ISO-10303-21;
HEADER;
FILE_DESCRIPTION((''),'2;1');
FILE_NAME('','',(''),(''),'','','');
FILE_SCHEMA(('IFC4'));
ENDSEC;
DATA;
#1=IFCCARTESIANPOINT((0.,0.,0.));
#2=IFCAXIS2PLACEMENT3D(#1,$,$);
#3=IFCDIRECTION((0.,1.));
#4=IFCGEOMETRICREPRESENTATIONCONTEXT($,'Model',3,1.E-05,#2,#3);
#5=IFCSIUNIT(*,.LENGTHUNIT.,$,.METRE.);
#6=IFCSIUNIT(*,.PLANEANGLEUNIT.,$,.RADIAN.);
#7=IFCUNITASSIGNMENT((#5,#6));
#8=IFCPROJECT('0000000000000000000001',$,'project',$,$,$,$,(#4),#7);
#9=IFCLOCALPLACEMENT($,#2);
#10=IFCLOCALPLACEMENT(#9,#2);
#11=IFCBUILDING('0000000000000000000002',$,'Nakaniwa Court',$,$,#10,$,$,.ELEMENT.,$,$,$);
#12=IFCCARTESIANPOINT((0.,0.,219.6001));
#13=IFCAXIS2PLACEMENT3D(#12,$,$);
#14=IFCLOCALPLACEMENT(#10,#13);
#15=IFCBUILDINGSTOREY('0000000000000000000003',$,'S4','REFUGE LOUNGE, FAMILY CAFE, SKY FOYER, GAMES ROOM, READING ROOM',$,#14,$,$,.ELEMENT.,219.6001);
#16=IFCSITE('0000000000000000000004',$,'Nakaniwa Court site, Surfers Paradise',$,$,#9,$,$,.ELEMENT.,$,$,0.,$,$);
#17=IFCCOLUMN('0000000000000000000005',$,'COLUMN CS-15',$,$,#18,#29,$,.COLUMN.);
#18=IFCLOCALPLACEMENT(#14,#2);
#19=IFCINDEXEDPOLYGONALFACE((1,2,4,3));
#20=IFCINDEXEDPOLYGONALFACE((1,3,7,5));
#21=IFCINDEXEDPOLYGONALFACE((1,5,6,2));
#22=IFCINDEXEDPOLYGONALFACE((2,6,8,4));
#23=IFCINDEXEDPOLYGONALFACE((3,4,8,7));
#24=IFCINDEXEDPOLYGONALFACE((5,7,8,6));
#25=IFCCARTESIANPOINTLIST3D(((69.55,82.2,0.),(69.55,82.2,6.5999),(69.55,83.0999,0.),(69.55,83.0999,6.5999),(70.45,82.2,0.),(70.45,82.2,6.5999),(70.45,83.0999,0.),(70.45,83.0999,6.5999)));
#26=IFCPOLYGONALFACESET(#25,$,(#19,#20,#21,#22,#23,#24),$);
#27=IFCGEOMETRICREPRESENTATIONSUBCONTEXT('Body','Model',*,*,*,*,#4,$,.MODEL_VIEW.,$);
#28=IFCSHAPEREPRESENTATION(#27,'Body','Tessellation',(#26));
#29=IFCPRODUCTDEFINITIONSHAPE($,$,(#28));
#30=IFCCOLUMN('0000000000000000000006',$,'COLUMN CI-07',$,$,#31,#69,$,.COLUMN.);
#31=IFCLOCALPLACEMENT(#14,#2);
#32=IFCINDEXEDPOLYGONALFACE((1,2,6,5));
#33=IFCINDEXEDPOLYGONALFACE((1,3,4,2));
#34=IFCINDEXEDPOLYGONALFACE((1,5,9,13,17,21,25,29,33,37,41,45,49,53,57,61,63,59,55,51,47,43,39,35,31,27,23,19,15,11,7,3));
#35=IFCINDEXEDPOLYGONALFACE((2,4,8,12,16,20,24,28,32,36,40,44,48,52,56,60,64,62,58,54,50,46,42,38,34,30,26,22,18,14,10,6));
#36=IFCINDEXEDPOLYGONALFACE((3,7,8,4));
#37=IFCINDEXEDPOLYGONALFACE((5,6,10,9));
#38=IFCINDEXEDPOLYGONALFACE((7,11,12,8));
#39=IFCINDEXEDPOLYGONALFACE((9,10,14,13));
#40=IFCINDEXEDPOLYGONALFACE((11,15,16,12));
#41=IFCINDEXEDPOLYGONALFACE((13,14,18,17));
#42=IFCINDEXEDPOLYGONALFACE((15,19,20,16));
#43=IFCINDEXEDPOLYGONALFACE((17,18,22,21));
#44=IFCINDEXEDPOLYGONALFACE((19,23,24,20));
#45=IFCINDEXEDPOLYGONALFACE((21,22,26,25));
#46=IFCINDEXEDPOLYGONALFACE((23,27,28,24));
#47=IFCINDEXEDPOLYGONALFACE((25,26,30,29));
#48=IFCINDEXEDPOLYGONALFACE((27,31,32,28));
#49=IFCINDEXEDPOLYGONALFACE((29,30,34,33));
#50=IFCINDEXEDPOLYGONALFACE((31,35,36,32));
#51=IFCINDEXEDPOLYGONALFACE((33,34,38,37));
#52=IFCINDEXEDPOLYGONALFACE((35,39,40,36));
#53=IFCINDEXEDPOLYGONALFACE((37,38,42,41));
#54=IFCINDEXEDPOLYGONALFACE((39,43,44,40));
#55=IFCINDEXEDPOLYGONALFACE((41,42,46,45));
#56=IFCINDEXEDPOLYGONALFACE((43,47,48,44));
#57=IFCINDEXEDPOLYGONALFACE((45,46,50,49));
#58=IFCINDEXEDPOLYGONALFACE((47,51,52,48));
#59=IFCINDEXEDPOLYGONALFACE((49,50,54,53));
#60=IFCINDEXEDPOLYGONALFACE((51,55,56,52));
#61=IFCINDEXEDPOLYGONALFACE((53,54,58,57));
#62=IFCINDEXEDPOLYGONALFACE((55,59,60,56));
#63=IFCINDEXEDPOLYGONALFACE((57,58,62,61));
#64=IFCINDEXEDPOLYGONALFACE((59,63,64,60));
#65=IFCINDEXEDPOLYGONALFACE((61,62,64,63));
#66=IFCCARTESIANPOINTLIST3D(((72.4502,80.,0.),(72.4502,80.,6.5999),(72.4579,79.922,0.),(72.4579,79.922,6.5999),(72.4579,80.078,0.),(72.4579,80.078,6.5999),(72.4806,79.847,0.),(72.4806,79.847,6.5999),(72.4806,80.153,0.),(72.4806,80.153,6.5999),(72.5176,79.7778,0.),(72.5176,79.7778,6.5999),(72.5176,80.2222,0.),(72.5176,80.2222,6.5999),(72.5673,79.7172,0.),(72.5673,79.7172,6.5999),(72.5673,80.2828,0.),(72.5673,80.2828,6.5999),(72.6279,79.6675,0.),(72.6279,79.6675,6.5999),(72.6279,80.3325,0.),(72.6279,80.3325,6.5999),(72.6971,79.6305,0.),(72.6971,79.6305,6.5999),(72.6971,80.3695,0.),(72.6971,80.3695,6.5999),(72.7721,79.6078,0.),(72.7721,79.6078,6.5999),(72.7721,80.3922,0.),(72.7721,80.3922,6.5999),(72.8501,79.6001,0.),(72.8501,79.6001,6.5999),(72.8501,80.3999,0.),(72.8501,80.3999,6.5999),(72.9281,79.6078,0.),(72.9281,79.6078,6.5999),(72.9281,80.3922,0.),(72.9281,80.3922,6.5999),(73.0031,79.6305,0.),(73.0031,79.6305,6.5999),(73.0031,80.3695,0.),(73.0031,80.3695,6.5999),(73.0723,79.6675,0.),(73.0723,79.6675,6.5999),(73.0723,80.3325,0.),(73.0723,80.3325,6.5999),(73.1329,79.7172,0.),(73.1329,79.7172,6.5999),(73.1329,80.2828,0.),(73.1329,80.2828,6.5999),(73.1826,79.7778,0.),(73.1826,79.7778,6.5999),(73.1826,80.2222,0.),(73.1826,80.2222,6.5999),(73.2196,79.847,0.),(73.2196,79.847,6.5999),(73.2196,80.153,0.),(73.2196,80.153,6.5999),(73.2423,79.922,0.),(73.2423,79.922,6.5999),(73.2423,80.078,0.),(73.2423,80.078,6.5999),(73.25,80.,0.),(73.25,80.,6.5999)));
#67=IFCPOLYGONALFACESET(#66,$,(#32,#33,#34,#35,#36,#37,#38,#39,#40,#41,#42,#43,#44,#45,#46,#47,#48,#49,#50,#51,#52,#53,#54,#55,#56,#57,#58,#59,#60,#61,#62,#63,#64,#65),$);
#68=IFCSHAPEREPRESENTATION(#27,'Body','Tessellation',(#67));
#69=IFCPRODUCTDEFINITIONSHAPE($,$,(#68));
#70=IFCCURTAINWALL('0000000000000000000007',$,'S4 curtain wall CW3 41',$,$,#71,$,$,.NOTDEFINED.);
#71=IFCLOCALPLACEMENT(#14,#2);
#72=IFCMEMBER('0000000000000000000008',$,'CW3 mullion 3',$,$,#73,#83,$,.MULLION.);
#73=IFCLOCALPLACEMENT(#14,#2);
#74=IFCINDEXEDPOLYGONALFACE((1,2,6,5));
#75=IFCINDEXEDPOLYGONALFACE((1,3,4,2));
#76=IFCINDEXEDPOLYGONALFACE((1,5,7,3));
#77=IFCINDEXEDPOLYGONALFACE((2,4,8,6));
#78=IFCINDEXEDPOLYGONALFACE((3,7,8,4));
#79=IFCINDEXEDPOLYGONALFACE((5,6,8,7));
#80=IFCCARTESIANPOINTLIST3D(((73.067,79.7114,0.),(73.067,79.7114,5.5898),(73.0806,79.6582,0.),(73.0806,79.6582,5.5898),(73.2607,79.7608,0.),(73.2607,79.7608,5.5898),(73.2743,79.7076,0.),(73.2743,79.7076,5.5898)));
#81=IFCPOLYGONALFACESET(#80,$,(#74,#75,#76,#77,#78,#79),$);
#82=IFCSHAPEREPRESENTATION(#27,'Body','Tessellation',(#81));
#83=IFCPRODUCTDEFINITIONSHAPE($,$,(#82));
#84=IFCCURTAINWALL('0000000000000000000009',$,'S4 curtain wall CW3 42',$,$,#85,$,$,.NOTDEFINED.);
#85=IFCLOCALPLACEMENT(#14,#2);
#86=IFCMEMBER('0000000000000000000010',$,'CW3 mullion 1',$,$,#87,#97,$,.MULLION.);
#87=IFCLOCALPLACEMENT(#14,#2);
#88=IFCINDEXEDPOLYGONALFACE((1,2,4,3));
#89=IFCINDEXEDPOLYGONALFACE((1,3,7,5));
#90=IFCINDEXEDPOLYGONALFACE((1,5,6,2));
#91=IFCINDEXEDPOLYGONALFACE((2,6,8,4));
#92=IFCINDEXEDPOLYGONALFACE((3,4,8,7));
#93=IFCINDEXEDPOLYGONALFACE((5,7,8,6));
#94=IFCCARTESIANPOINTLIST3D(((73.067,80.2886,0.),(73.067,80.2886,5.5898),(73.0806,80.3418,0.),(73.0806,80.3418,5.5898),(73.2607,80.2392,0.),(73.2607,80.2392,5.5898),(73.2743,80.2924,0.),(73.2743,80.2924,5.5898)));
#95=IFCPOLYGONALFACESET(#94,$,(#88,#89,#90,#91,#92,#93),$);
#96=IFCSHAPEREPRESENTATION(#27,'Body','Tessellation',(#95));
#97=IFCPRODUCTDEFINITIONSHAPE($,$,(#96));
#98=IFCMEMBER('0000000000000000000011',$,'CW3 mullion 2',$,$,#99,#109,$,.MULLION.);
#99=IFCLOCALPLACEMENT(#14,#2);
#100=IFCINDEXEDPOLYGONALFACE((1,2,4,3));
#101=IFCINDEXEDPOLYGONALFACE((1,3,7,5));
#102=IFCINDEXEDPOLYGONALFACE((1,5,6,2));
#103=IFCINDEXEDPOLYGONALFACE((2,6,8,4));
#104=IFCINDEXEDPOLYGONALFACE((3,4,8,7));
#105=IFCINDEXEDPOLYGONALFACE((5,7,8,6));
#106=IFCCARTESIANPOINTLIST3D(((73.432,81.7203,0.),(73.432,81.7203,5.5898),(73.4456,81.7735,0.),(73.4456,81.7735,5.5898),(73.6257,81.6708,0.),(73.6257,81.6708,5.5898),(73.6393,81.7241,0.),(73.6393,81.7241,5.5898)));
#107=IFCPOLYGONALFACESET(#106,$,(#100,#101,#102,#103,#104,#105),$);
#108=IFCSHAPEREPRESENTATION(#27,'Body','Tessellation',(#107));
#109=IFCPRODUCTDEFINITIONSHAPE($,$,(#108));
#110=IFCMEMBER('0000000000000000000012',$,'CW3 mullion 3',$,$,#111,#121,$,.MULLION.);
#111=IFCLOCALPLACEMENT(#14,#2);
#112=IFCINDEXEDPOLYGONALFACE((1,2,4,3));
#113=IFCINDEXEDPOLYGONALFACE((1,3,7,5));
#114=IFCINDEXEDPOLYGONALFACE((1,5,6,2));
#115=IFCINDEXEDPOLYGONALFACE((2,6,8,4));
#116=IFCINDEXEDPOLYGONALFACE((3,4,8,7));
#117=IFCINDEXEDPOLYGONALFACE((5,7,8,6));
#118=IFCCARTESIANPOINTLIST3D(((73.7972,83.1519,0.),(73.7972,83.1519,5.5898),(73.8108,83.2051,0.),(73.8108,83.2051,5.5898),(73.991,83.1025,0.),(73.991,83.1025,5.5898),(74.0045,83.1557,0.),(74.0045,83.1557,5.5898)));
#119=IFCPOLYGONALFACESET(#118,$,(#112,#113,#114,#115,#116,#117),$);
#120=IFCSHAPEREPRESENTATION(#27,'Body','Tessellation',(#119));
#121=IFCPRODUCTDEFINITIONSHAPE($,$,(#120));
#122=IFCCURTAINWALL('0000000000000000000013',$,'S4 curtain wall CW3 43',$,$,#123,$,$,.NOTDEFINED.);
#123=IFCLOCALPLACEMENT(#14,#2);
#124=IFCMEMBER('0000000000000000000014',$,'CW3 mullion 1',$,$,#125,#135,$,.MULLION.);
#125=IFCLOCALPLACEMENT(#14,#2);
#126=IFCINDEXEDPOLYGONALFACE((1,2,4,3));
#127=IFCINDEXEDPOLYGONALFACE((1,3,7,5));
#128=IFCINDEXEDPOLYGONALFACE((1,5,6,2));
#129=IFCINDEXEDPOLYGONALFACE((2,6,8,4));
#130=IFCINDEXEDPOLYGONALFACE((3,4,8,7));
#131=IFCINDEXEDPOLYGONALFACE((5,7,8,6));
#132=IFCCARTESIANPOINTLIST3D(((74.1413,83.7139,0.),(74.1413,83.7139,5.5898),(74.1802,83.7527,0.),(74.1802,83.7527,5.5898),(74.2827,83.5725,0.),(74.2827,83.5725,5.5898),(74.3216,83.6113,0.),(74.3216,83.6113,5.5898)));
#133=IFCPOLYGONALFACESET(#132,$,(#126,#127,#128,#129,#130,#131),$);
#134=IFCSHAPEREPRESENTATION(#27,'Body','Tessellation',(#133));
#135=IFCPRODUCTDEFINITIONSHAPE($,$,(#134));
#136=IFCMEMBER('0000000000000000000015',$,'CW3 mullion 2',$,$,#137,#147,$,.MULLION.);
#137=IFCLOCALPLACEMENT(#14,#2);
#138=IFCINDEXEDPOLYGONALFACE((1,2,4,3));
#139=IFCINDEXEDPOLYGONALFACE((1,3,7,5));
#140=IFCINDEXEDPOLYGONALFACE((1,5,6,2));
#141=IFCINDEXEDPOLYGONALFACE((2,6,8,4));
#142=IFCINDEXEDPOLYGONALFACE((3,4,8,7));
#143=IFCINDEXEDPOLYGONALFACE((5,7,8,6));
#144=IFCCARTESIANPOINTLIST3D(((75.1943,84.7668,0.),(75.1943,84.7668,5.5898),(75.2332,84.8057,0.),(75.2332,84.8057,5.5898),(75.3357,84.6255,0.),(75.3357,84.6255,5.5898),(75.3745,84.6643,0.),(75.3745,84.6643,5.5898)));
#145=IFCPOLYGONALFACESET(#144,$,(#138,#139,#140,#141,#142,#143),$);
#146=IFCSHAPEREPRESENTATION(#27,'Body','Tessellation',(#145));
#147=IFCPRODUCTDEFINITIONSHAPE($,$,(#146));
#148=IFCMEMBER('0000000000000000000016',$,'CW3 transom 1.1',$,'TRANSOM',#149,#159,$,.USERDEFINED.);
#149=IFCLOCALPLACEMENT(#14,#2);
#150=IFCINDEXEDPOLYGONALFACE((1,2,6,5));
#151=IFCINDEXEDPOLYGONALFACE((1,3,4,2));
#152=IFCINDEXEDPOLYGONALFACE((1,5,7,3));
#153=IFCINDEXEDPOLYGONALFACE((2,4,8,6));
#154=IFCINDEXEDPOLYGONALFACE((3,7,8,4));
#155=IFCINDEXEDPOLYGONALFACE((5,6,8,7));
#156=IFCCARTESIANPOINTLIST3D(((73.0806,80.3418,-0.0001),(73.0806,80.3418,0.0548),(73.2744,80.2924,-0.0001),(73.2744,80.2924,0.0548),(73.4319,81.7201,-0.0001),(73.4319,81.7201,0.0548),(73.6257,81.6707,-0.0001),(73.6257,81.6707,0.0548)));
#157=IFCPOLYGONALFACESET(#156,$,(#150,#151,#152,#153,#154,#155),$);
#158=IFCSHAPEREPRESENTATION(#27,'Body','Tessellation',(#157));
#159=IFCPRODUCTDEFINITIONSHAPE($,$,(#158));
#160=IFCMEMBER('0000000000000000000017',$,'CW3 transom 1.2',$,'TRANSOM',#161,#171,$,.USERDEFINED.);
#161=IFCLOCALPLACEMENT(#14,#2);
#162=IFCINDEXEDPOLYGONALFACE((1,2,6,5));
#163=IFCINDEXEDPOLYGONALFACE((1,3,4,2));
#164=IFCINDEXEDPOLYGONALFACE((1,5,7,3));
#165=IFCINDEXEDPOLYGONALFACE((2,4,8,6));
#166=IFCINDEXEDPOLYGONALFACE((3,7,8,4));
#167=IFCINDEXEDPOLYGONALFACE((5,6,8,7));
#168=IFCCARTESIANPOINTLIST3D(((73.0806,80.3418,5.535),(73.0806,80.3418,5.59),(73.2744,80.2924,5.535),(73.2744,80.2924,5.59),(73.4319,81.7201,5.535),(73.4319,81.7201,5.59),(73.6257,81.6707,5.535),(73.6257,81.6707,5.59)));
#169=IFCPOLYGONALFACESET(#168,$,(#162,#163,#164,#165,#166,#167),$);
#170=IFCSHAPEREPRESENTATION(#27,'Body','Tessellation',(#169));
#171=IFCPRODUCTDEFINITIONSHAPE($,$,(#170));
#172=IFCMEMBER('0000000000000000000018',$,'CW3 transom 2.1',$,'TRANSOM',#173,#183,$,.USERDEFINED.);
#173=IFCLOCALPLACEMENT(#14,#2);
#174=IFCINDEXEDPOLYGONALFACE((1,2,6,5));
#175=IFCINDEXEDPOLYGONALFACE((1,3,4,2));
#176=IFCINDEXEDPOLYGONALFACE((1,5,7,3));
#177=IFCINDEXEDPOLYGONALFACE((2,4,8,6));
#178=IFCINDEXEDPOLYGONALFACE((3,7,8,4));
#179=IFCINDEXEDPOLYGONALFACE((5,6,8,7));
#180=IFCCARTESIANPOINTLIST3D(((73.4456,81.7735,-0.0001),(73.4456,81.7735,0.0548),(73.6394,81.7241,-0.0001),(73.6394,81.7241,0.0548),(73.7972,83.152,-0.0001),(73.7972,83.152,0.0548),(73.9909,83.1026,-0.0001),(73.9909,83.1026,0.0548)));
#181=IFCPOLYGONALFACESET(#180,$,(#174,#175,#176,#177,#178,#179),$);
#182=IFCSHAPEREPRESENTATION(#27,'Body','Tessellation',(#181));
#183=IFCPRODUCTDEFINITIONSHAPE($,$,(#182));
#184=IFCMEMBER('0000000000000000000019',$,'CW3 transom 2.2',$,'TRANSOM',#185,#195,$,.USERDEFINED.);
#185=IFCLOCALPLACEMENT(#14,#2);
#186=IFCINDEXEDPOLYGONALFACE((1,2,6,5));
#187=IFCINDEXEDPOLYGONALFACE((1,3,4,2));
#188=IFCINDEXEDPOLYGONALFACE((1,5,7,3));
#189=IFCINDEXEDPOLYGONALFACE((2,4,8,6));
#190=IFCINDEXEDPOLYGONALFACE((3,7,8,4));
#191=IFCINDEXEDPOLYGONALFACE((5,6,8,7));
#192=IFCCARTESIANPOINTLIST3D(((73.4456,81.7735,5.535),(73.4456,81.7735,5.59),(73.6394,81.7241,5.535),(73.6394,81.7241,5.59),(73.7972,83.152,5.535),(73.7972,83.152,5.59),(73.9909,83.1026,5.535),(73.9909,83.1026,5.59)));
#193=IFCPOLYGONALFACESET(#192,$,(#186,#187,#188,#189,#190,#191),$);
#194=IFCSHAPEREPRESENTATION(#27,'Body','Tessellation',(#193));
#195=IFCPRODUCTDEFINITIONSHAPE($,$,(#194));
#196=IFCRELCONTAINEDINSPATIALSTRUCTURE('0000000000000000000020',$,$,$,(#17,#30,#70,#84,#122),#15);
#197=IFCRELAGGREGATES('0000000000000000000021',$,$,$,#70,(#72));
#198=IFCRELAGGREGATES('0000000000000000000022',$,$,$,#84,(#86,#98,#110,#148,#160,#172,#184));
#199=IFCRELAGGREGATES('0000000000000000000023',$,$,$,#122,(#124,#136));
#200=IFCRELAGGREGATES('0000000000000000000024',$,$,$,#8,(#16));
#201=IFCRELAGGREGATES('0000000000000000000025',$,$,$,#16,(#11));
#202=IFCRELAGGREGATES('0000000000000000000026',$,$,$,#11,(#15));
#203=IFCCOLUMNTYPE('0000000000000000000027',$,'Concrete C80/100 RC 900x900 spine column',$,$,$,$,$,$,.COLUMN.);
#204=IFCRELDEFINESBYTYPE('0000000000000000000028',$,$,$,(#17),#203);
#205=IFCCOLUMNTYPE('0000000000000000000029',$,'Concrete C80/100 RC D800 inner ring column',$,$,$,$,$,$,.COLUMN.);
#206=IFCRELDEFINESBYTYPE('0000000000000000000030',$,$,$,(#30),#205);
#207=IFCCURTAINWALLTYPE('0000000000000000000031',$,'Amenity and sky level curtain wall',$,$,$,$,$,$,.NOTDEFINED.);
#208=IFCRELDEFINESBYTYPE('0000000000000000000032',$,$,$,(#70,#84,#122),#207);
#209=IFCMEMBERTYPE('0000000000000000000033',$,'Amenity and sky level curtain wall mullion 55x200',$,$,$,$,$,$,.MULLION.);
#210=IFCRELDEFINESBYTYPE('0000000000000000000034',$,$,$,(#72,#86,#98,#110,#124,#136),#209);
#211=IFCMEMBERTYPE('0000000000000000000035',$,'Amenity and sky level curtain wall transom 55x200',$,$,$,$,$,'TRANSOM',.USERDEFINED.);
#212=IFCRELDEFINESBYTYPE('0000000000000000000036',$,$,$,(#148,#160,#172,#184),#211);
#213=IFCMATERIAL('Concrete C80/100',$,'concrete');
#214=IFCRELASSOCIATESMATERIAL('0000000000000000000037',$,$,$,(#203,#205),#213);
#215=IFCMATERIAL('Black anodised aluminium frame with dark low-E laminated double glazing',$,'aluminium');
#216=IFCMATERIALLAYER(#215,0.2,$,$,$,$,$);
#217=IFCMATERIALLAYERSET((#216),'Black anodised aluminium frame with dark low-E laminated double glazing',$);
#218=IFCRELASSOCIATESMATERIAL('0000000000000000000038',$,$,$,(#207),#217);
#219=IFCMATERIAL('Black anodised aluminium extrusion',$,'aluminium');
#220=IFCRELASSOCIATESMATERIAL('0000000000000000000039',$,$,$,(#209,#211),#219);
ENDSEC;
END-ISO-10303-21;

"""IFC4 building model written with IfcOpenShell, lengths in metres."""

from ifc_helpers import new_model, si_unit, direction, frame, origin, origin_2d, place, context, subcontext, project, spatial, rectangle, circle, extrude, material, layer, layer_set, material_profile, profile_set, type_object, element, aggregate, save


model = new_model("IFC4")

# Units and contexts
model_context = context("Model", 3, precision=1e-05, world=origin(), true_north=direction((0.0, 1.0)))
body_context = subcontext(model_context, "Body", "Model", "MODEL_VIEW")
ifc_project = project(units=[si_unit("LENGTHUNIT", "METRE"), si_unit("PLANEANGLEUNIT", "RADIAN")], contexts=[model_context])

# Site, building, storey
site_placement = place(None, origin())
site = spatial("IfcSite", under=ifc_project, at=site_placement, Name="Nakaniwa Court site, Surfers Paradise", CompositionType="ELEMENT", RefElevation=0.0)
building_placement = place(site_placement, origin())
building = spatial("IfcBuilding", under=site, at=building_placement, Name="Nakaniwa Court", CompositionType="ELEMENT")
storey_placement = place(building_placement, frame((0.0, 0.0, 219.6001)))
storey = spatial("IfcBuildingStorey", under=building, at=storey_placement, Name="S4", Description="REFUGE LOUNGE, FAMILY CAFE, SKY FOYER, GAMES ROOM, READING ROOM", CompositionType="ELEMENT", Elevation=219.6001)

# Columns
ifc_material_1 = material(Name="Concrete C80/100", Category="concrete")
ifc_material_profile_1 = material_profile(ifc_material_1, rectangle(XDim=0.8999, YDim=0.8999, at=origin_2d()), Name="Concrete C80/100 RC 900x900 spine column")
ifc_profile_set_1 = profile_set([ifc_material_profile_1], Name="Concrete C80/100")
column_type_1 = type_object("IfcColumnType", Name="Concrete C80/100 RC 900x900 spine column", PredefinedType="COLUMN", material=ifc_profile_set_1)
column_placement = place(storey_placement, frame((70.0, 82.6499, 0.0), z_axis=(0.0, 0.0, 1.0), x_axis=(0.0, -1.0, 0.0)))
element("IfcColumn", 1, at=column_placement, inside=storey, type_object=column_type_1, Name="COLUMN CS-15", PredefinedType="COLUMN", context=body_context, shape_type="SweptSolid", body=[
    extrude(rectangle(XDim=0.8999, YDim=0.8999, at=origin_2d()), origin(), (0.0, 0.0, 1.0), 6.5999),
])
ifc_material_profile_2 = material_profile(ifc_material_1, circle(Radius=0.3999, at=origin_2d()), Name="Concrete C80/100 RC D800 inner ring column")
ifc_profile_set_2 = profile_set([ifc_material_profile_2], Name="Concrete C80/100")
column_type_2 = type_object("IfcColumnType", Name="Concrete C80/100 RC D800 inner ring column", PredefinedType="COLUMN", material=ifc_profile_set_2)
for number, where, z_axis, x_axis, name in (
    (2, (72.8501, 80.0, 0.0), (0.0, 0.0, 1.0), (0.0, -1.0, 0.0), "COLUMN CI-07"),
):
    element("IfcColumn", number, at=place(storey_placement, frame(where, z_axis=z_axis, x_axis=x_axis)), inside=storey, type_object=column_type_2, Name=name, PredefinedType="COLUMN", context=body_context, shape_type="SweptSolid", body=[
        extrude(circle(Radius=0.3999, at=origin_2d()), origin(), (0.0, 0.0, 1.0), 6.5999),
    ])

# Curtain wall, member
ifc_material_2 = material(Name="Black anodised aluminium frame with dark low-E laminated double glazing", Category="aluminium")
ifc_layer_1 = layer(ifc_material_2, 0.2)
ifc_layer_set_1 = layer_set([ifc_layer_1], Name="Black anodised aluminium frame with dark low-E laminated double glazing")
curtain_wall_type = type_object("IfcCurtainWallType", Name="Amenity and sky level curtain wall", PredefinedType="NOTDEFINED", material=ifc_layer_set_1)
curtain_wall_1_placement = place(storey_placement, origin())
curtain_wall_1 = element("IfcCurtainWall", 3, at=curtain_wall_1_placement, inside=storey, type_object=curtain_wall_type, Name="S4 curtain wall CW3 41", PredefinedType="NOTDEFINED")
ifc_material_3 = material(Name="Black anodised aluminium extrusion", Category="aluminium")
ifc_material_profile_3 = material_profile(ifc_material_3, rectangle(XDim=0.2, YDim=0.0549, at=origin_2d()), Name="Amenity and sky level curtain wall mullion 55x200")
ifc_profile_set_3 = profile_set([ifc_material_profile_3], Name="Black anodised aluminium extrusion")
member_type_1 = type_object("IfcMemberType", Name="Amenity and sky level curtain wall mullion 55x200", PredefinedType="MULLION", material=ifc_profile_set_3)
member_1_placement = place(storey_placement, frame((73.1707, 79.7095, 0.0), z_axis=(0.0, 0.0, 1.0), x_axis=(-0.968986, -0.247114, 0.0)))
member_1 = element("IfcMember", 4, at=member_1_placement, type_object=member_type_1, Name="CW3 mullion 3", PredefinedType="MULLION", context=body_context, shape_type="SweptSolid", body=[
    extrude(rectangle(XDim=0.2, YDim=0.0549, at=origin_2d()), origin(), (0.0, 0.0, 1.0), 5.5898),
])
aggregate(curtain_wall_1, [member_1])

# Curtain walls, members
curtain_wall_2_placement = place(storey_placement, origin())
curtain_wall_2 = element("IfcCurtainWall", 5, at=curtain_wall_2_placement, inside=storey, type_object=curtain_wall_type, Name="S4 curtain wall CW3 42", PredefinedType="NOTDEFINED")
member_2_placement = place(storey_placement, frame((73.1707, 80.2905, 0.0), z_axis=(0.0, 0.0, 1.0), x_axis=(-0.968986, 0.247114, 0.0)))
member_2 = element("IfcMember", 6, at=member_2_placement, type_object=member_type_1, Name="CW3 mullion 1", PredefinedType="MULLION", context=body_context, shape_type="SweptSolid", body=[
    extrude(rectangle(XDim=0.2, YDim=0.0549, at=origin_2d()), origin(), (0.0, 0.0, 1.0), 5.5898),
])
member_3_placement = place(storey_placement, frame((73.5356, 81.7222, 0.0), z_axis=(0.0, 0.0, 1.0), x_axis=(-0.968986, 0.247114, 0.0)))
member_3 = element("IfcMember", 7, at=member_3_placement, type_object=member_type_1, Name="CW3 mullion 2", PredefinedType="MULLION", context=body_context, shape_type="SweptSolid", body=[
    extrude(rectangle(XDim=0.2, YDim=0.0549, at=origin_2d()), origin(), (0.0, 0.0, 1.0), 5.5898),
])
member_4_placement = place(storey_placement, frame((73.9009, 83.1538, 0.0), z_axis=(0.0, 0.0, 1.0), x_axis=(-0.968986, 0.247114, 0.0)))
member_4 = element("IfcMember", 8, at=member_4_placement, type_object=member_type_1, Name="CW3 mullion 3", PredefinedType="MULLION", context=body_context, shape_type="SweptSolid", body=[
    extrude(rectangle(XDim=0.2, YDim=0.0549, at=origin_2d()), origin(), (0.0, 0.0, 1.0), 5.5898),
])
curtain_wall_3_placement = place(storey_placement, origin())
curtain_wall_3 = element("IfcCurtainWall", 9, at=curtain_wall_3_placement, inside=storey, type_object=curtain_wall_type, Name="S4 curtain wall CW3 43", PredefinedType="NOTDEFINED")
member_5_placement = place(storey_placement, frame((74.2314, 83.6626, 0.0), z_axis=(0.0, 0.0, 1.0), x_axis=(-0.707107, 0.707107, 0.0)))
member_5 = element("IfcMember", 10, at=member_5_placement, type_object=member_type_1, Name="CW3 mullion 1", PredefinedType="MULLION", context=body_context, shape_type="SweptSolid", body=[
    extrude(rectangle(XDim=0.2, YDim=0.0549, at=origin_2d()), origin(), (0.0, 0.0, 1.0), 5.5898),
])
member_6_placement = place(storey_placement, frame((75.2844, 84.7156, 0.0), z_axis=(0.0, 0.0, 1.0), x_axis=(-0.707107, 0.707107, 0.0)))
member_6 = element("IfcMember", 11, at=member_6_placement, type_object=member_type_1, Name="CW3 mullion 2", PredefinedType="MULLION", context=body_context, shape_type="SweptSolid", body=[
    extrude(rectangle(XDim=0.2, YDim=0.0549, at=origin_2d()), origin(), (0.0, 0.0, 1.0), 5.5898),
])

# Members
ifc_material_profile_4 = material_profile(ifc_material_3, rectangle(XDim=0.2, YDim=0.0549, at=origin_2d()), Name="Amenity and sky level curtain wall transom 55x200")
ifc_profile_set_4 = profile_set([ifc_material_profile_4], Name="Black anodised aluminium extrusion")
member_type_2 = type_object("IfcMemberType", Name="Amenity and sky level curtain wall transom 55x200", ElementType="TRANSOM", PredefinedType="USERDEFINED", material=ifc_profile_set_4)
member_7_placement = place(storey_placement, frame((73.1775, 80.3171, 0.0273), z_axis=(0.246975, 0.969022, 0.0), x_axis=(-0.969022, 0.246975, 0.0)))
member_7 = element("IfcMember", 12, at=member_7_placement, type_object=member_type_2, Name="CW3 transom 1.1", ObjectType="TRANSOM", PredefinedType="USERDEFINED", context=body_context, shape_type="SweptSolid", body=[
    extrude(rectangle(XDim=0.2, YDim=0.0549, at=origin_2d()), origin(), (0.0, 0.0, 1.0), 1.4224),
])
member_8_placement = place(storey_placement, frame((73.1775, 80.3171, 5.5625), z_axis=(0.246975, 0.969022, 0.0), x_axis=(-0.969022, 0.246975, 0.0)))
member_8 = element("IfcMember", 13, at=member_8_placement, type_object=member_type_2, Name="CW3 transom 1.2", ObjectType="TRANSOM", PredefinedType="USERDEFINED", context=body_context, shape_type="SweptSolid", body=[
    extrude(rectangle(XDim=0.2, YDim=0.0549, at=origin_2d()), origin(), (0.0, 0.0, 1.0), 1.4224),
])
member_9_placement = place(storey_placement, frame((73.5425, 81.7488, 0.0273), z_axis=(0.247136, 0.968981, 0.0), x_axis=(-0.968981, 0.247136, 0.0)))
member_9 = element("IfcMember", 14, at=member_9_placement, type_object=member_type_2, Name="CW3 transom 2.1", ObjectType="TRANSOM", PredefinedType="USERDEFINED", context=body_context, shape_type="SweptSolid", body=[
    extrude(rectangle(XDim=0.2, YDim=0.0549, at=origin_2d()), origin(), (0.0, 0.0, 1.0), 1.4226),
])
member_10_placement = place(storey_placement, frame((73.5425, 81.7488, 5.5625), z_axis=(0.247136, 0.968981, 0.0), x_axis=(-0.968981, 0.247136, 0.0)))
member_10 = element("IfcMember", 15, at=member_10_placement, type_object=member_type_2, Name="CW3 transom 2.2", ObjectType="TRANSOM", PredefinedType="USERDEFINED", context=body_context, shape_type="SweptSolid", body=[
    extrude(rectangle(XDim=0.2, YDim=0.0549, at=origin_2d()), origin(), (0.0, 0.0, 1.0), 1.4226),
])

aggregate(curtain_wall_2, [member_2, member_3, member_4, member_7, member_8, member_9, member_10])
aggregate(curtain_wall_3, [member_5, member_6])

save(model, "model.ifc")
